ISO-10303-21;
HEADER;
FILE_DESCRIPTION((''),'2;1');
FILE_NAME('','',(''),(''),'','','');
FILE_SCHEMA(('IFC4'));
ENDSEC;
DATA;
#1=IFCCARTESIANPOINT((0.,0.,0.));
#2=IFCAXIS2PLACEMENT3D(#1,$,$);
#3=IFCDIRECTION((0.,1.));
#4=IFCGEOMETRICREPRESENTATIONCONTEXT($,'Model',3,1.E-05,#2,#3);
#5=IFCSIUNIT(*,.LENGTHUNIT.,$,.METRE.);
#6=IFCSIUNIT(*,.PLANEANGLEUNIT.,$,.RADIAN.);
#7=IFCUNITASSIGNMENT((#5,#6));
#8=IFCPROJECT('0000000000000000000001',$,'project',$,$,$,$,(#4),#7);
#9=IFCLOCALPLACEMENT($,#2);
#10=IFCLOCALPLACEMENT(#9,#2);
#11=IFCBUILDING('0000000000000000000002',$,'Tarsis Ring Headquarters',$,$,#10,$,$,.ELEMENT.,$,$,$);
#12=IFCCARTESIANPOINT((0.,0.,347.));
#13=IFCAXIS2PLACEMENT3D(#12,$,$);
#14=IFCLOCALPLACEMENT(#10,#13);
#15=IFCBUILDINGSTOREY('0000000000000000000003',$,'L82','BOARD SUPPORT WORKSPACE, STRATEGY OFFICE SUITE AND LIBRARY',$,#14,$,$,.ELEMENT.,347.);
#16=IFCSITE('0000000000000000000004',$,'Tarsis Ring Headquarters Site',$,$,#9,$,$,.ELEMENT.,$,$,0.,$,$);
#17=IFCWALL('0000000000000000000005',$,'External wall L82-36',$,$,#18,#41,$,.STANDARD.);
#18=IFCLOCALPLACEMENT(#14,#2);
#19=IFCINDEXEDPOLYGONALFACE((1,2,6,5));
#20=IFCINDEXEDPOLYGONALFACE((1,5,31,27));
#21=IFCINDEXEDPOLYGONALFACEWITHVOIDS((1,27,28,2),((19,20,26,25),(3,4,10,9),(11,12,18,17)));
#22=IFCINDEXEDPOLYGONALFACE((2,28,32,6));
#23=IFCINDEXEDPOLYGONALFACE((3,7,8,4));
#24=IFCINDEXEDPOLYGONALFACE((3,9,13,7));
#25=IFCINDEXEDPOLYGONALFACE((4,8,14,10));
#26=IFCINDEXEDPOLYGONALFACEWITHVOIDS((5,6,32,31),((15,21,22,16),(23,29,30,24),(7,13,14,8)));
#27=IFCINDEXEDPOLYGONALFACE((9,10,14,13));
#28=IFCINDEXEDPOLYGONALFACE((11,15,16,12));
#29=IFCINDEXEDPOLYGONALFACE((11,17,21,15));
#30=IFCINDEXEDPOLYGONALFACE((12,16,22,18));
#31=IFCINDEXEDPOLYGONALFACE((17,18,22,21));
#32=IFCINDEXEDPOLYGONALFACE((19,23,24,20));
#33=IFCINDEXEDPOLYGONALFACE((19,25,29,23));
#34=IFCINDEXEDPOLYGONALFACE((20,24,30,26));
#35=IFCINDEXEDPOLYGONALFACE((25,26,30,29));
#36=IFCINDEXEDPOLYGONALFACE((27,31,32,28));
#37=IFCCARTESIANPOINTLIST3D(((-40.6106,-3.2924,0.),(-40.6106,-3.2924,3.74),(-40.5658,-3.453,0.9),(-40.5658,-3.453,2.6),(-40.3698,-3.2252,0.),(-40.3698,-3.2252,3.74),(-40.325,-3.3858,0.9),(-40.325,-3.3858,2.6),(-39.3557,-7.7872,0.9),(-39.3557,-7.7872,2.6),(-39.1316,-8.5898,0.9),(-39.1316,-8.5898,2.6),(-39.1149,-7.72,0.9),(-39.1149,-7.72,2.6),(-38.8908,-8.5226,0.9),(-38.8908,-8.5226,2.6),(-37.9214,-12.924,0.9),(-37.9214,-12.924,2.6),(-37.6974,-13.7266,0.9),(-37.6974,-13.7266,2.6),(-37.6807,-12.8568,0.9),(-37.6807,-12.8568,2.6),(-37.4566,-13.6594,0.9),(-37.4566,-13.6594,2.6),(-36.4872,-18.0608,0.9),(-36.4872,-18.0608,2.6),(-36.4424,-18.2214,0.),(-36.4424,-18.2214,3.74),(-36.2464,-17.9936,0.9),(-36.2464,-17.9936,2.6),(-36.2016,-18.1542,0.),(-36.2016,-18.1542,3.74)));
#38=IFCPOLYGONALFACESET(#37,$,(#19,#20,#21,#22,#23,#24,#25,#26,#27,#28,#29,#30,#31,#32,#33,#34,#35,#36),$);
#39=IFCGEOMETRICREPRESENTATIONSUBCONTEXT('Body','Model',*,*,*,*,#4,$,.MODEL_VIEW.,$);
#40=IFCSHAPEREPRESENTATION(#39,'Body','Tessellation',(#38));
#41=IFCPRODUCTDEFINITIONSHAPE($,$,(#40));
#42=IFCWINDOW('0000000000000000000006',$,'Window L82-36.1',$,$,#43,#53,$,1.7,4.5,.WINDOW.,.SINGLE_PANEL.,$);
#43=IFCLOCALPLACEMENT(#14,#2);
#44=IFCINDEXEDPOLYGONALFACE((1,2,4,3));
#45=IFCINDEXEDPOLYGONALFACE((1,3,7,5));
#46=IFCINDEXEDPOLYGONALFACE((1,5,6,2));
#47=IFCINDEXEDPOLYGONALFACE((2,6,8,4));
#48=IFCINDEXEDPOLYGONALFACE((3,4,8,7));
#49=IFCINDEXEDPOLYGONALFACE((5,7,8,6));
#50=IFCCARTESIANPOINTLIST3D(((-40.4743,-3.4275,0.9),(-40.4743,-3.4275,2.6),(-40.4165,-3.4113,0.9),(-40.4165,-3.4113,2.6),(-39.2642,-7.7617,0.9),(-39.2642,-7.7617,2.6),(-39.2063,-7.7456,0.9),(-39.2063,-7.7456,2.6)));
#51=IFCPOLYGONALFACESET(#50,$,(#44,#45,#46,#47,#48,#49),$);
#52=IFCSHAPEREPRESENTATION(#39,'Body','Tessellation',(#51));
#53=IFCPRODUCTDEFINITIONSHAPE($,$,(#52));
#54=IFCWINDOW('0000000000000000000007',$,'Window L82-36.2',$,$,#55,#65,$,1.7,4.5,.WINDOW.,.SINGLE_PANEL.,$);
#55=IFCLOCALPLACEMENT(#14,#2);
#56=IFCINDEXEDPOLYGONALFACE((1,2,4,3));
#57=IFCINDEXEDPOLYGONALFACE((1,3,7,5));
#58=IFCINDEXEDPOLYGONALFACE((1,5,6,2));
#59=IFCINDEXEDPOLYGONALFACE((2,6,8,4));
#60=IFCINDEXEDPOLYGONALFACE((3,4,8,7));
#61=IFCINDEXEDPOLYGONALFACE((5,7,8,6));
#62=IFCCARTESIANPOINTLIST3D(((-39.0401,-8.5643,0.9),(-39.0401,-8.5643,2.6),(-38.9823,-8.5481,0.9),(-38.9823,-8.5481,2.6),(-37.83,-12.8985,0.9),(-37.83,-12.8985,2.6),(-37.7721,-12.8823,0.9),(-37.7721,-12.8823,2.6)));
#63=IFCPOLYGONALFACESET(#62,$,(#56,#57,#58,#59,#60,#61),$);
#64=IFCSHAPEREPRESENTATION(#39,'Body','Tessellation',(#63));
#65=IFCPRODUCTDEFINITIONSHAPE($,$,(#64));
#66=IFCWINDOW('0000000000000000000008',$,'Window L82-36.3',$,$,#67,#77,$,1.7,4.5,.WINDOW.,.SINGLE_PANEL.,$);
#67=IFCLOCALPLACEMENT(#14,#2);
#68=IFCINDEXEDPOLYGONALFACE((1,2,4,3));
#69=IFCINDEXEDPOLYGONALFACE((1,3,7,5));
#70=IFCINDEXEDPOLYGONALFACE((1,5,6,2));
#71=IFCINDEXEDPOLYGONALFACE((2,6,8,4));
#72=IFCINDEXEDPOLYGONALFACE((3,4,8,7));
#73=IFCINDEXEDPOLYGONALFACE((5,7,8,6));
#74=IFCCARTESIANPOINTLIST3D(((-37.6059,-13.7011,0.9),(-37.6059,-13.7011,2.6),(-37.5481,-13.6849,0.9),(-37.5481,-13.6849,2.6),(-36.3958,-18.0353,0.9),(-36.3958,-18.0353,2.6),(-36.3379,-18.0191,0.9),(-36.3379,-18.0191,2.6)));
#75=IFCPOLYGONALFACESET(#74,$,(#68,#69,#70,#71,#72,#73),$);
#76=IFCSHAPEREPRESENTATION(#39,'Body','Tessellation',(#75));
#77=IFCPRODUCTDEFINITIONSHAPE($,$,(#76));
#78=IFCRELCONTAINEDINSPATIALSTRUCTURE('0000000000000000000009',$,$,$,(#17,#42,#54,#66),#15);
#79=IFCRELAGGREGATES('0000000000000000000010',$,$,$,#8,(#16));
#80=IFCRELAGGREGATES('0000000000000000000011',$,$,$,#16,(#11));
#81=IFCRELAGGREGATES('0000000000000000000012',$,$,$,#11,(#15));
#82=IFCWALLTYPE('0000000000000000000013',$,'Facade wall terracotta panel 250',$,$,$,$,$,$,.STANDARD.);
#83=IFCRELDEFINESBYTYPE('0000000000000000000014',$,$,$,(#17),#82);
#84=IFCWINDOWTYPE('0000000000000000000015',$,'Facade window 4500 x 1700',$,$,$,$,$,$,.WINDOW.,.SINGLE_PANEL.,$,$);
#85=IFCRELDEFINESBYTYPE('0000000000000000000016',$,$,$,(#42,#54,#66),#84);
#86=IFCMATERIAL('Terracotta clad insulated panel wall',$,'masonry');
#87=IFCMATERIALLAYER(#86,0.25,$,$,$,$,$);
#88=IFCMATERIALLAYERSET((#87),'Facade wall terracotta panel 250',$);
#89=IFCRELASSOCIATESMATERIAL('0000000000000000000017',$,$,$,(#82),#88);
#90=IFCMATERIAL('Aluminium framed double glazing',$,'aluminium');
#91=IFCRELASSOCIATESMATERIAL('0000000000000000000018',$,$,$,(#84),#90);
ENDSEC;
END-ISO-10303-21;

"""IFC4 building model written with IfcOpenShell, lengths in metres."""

from ifc_helpers import new_model, si_unit, direction, frame, frame_2d, origin, place, context, subcontext, project, spatial, rectangle, extrude, material, layer, layer_set, type_object, element, fill, save


model = new_model("IFC4")

# Units and contexts
model_context = context("Model", 3, precision=1e-05, world=origin(), true_north=direction((0.0, 1.0)))
body_context = subcontext(model_context, "Body", "Model", "MODEL_VIEW")
ifc_project = project(units=[si_unit("LENGTHUNIT", "METRE"), si_unit("PLANEANGLEUNIT", "RADIAN")], contexts=[model_context])

# Site, building, storey
site_placement = place(None, origin())
site = spatial("IfcSite", under=ifc_project, at=site_placement, Name="Tarsis Ring Headquarters Site", CompositionType="ELEMENT", RefElevation=0.0)
building_placement = place(site_placement, origin())
building = spatial("IfcBuilding", under=site, at=building_placement, Name="Tarsis Ring Headquarters", CompositionType="ELEMENT")
storey_placement = place(building_placement, frame((0.0, 0.0, 347.0)))
storey = spatial("IfcBuildingStorey", under=building, at=storey_placement, Name="L82", Description="BOARD SUPPORT WORKSPACE, STRATEGY OFFICE SUITE AND LIBRARY", CompositionType="ELEMENT", Elevation=347.0)

# Shared definitions
ifc_material_1 = material(Name="Terracotta clad insulated panel wall", Category="masonry")
ifc_layer = layer(ifc_material_1, 0.25)
ifc_layer_set = layer_set([ifc_layer], Name="Facade wall terracotta panel 250")
wall_type = type_object("IfcWallType", Name="Facade wall terracotta panel 250", PredefinedType="STANDARD", material=ifc_layer_set)

# Wall, openings, windows
wall_placement = place(storey_placement, frame((-40.4902, -3.2588, 0.0), z_axis=(0.0, 0.0, 1.0), x_axis=(0.268918, -0.963163, 0.0)))
wall = element("IfcWall", 1, at=wall_placement, inside=storey, type_object=wall_type, Name="External wall L82-36", PredefinedType="STANDARD", context=body_context, shape_type="SweptSolid", body=[
    extrude(rectangle(XDim=15.5, YDim=0.25, at=frame_2d((7.75, 0.0))), origin(), (0.0, 0.0, 1.0), 3.74),
])
opening_1_placement = place(wall_placement, frame((0.1667, 0.0, 0.8999)))
opening_1 = element("IfcOpeningElement", 2, at=opening_1_placement, cuts=wall, PredefinedType="OPENING", context=body_context, shape_type="SweptSolid", body=[
    extrude(rectangle(XDim=4.5, YDim=1.7, at=frame_2d((2.25, 0.8501))), frame((0.0, 0.135, 0.0), z_axis=(0.0, -1.0, 0.0), x_axis=(1.0, 0.0, 0.0)), (0.0, 0.0, 1.0), 0.27),
])
opening_2_placement = place(wall_placement, frame((5.5, 0.0, 0.8999)))
opening_2 = element("IfcOpeningElement", 3, at=opening_2_placement, cuts=wall, PredefinedType="OPENING", context=body_context, shape_type="SweptSolid", body=[
    extrude(rectangle(XDim=4.5, YDim=1.7, at=frame_2d((2.25, 0.8501))), frame((0.0, 0.135, 0.0), z_axis=(0.0, -1.0, 0.0), x_axis=(1.0, 0.0, 0.0)), (0.0, 0.0, 1.0), 0.27),
])
opening_3_placement = place(wall_placement, frame((10.8333, 0.0, 0.8999)))
opening_3 = element("IfcOpeningElement", 4, at=opening_3_placement, cuts=wall, PredefinedType="OPENING", context=body_context, shape_type="SweptSolid", body=[
    extrude(rectangle(XDim=4.5, YDim=1.7, at=frame_2d((2.25, 0.8501))), frame((0.0, 0.135, 0.0), z_axis=(0.0, -1.0, 0.0), x_axis=(1.0, 0.0, 0.0)), (0.0, 0.0, 1.0), 0.27),
])
ifc_material_2 = material(Name="Aluminium framed double glazing", Category="aluminium")
window_type = type_object("IfcWindowType", Name="Facade window 4500 x 1700", PartitioningType="SINGLE_PANEL", PredefinedType="WINDOW", material=ifc_material_2)
window_1_placement = place(opening_1_placement, origin())
window_1 = element("IfcWindow", 5, at=window_1_placement, inside=storey, type_object=window_type, Name="Window L82-36.1", OverallHeight=1.7, OverallWidth=4.5, PartitioningType="SINGLE_PANEL", PredefinedType="WINDOW", context=body_context, shape_type="SweptSolid", body=[
    extrude(rectangle(XDim=4.5, YDim=1.7, at=frame_2d((2.25, 0.8501))), frame((0.0, 0.03, 0.0), z_axis=(0.0, -1.0, 0.0), x_axis=(1.0, 0.0, 0.0)), (0.0, 0.0, 1.0), 0.0601),
])
fill(opening_1, window_1)
window_2_placement = place(opening_2_placement, origin())
window_2 = element("IfcWindow", 6, at=window_2_placement, inside=storey, type_object=window_type, Name="Window L82-36.2", OverallHeight=1.7, OverallWidth=4.5, PartitioningType="SINGLE_PANEL", PredefinedType="WINDOW", context=body_context, shape_type="SweptSolid", body=[
    extrude(rectangle(XDim=4.5, YDim=1.7, at=frame_2d((2.25, 0.8501))), frame((0.0, 0.03, 0.0), z_axis=(0.0, -1.0, 0.0), x_axis=(1.0, 0.0, 0.0)), (0.0, 0.0, 1.0), 0.0601),
])
fill(opening_2, window_2)
window_3_placement = place(opening_3_placement, origin())
window_3 = element("IfcWindow", 7, at=window_3_placement, inside=storey, type_object=window_type, Name="Window L82-36.3", OverallHeight=1.7, OverallWidth=4.5, PartitioningType="SINGLE_PANEL", PredefinedType="WINDOW", context=body_context, shape_type="SweptSolid", body=[
    extrude(rectangle(XDim=4.5, YDim=1.7, at=frame_2d((2.25, 0.8501))), frame((0.0, 0.03, 0.0), z_axis=(0.0, -1.0, 0.0), x_axis=(1.0, 0.0, 0.0)), (0.0, 0.0, 1.0), 0.0601),
])
fill(opening_3, window_3)

save(model, "model.ifc")
